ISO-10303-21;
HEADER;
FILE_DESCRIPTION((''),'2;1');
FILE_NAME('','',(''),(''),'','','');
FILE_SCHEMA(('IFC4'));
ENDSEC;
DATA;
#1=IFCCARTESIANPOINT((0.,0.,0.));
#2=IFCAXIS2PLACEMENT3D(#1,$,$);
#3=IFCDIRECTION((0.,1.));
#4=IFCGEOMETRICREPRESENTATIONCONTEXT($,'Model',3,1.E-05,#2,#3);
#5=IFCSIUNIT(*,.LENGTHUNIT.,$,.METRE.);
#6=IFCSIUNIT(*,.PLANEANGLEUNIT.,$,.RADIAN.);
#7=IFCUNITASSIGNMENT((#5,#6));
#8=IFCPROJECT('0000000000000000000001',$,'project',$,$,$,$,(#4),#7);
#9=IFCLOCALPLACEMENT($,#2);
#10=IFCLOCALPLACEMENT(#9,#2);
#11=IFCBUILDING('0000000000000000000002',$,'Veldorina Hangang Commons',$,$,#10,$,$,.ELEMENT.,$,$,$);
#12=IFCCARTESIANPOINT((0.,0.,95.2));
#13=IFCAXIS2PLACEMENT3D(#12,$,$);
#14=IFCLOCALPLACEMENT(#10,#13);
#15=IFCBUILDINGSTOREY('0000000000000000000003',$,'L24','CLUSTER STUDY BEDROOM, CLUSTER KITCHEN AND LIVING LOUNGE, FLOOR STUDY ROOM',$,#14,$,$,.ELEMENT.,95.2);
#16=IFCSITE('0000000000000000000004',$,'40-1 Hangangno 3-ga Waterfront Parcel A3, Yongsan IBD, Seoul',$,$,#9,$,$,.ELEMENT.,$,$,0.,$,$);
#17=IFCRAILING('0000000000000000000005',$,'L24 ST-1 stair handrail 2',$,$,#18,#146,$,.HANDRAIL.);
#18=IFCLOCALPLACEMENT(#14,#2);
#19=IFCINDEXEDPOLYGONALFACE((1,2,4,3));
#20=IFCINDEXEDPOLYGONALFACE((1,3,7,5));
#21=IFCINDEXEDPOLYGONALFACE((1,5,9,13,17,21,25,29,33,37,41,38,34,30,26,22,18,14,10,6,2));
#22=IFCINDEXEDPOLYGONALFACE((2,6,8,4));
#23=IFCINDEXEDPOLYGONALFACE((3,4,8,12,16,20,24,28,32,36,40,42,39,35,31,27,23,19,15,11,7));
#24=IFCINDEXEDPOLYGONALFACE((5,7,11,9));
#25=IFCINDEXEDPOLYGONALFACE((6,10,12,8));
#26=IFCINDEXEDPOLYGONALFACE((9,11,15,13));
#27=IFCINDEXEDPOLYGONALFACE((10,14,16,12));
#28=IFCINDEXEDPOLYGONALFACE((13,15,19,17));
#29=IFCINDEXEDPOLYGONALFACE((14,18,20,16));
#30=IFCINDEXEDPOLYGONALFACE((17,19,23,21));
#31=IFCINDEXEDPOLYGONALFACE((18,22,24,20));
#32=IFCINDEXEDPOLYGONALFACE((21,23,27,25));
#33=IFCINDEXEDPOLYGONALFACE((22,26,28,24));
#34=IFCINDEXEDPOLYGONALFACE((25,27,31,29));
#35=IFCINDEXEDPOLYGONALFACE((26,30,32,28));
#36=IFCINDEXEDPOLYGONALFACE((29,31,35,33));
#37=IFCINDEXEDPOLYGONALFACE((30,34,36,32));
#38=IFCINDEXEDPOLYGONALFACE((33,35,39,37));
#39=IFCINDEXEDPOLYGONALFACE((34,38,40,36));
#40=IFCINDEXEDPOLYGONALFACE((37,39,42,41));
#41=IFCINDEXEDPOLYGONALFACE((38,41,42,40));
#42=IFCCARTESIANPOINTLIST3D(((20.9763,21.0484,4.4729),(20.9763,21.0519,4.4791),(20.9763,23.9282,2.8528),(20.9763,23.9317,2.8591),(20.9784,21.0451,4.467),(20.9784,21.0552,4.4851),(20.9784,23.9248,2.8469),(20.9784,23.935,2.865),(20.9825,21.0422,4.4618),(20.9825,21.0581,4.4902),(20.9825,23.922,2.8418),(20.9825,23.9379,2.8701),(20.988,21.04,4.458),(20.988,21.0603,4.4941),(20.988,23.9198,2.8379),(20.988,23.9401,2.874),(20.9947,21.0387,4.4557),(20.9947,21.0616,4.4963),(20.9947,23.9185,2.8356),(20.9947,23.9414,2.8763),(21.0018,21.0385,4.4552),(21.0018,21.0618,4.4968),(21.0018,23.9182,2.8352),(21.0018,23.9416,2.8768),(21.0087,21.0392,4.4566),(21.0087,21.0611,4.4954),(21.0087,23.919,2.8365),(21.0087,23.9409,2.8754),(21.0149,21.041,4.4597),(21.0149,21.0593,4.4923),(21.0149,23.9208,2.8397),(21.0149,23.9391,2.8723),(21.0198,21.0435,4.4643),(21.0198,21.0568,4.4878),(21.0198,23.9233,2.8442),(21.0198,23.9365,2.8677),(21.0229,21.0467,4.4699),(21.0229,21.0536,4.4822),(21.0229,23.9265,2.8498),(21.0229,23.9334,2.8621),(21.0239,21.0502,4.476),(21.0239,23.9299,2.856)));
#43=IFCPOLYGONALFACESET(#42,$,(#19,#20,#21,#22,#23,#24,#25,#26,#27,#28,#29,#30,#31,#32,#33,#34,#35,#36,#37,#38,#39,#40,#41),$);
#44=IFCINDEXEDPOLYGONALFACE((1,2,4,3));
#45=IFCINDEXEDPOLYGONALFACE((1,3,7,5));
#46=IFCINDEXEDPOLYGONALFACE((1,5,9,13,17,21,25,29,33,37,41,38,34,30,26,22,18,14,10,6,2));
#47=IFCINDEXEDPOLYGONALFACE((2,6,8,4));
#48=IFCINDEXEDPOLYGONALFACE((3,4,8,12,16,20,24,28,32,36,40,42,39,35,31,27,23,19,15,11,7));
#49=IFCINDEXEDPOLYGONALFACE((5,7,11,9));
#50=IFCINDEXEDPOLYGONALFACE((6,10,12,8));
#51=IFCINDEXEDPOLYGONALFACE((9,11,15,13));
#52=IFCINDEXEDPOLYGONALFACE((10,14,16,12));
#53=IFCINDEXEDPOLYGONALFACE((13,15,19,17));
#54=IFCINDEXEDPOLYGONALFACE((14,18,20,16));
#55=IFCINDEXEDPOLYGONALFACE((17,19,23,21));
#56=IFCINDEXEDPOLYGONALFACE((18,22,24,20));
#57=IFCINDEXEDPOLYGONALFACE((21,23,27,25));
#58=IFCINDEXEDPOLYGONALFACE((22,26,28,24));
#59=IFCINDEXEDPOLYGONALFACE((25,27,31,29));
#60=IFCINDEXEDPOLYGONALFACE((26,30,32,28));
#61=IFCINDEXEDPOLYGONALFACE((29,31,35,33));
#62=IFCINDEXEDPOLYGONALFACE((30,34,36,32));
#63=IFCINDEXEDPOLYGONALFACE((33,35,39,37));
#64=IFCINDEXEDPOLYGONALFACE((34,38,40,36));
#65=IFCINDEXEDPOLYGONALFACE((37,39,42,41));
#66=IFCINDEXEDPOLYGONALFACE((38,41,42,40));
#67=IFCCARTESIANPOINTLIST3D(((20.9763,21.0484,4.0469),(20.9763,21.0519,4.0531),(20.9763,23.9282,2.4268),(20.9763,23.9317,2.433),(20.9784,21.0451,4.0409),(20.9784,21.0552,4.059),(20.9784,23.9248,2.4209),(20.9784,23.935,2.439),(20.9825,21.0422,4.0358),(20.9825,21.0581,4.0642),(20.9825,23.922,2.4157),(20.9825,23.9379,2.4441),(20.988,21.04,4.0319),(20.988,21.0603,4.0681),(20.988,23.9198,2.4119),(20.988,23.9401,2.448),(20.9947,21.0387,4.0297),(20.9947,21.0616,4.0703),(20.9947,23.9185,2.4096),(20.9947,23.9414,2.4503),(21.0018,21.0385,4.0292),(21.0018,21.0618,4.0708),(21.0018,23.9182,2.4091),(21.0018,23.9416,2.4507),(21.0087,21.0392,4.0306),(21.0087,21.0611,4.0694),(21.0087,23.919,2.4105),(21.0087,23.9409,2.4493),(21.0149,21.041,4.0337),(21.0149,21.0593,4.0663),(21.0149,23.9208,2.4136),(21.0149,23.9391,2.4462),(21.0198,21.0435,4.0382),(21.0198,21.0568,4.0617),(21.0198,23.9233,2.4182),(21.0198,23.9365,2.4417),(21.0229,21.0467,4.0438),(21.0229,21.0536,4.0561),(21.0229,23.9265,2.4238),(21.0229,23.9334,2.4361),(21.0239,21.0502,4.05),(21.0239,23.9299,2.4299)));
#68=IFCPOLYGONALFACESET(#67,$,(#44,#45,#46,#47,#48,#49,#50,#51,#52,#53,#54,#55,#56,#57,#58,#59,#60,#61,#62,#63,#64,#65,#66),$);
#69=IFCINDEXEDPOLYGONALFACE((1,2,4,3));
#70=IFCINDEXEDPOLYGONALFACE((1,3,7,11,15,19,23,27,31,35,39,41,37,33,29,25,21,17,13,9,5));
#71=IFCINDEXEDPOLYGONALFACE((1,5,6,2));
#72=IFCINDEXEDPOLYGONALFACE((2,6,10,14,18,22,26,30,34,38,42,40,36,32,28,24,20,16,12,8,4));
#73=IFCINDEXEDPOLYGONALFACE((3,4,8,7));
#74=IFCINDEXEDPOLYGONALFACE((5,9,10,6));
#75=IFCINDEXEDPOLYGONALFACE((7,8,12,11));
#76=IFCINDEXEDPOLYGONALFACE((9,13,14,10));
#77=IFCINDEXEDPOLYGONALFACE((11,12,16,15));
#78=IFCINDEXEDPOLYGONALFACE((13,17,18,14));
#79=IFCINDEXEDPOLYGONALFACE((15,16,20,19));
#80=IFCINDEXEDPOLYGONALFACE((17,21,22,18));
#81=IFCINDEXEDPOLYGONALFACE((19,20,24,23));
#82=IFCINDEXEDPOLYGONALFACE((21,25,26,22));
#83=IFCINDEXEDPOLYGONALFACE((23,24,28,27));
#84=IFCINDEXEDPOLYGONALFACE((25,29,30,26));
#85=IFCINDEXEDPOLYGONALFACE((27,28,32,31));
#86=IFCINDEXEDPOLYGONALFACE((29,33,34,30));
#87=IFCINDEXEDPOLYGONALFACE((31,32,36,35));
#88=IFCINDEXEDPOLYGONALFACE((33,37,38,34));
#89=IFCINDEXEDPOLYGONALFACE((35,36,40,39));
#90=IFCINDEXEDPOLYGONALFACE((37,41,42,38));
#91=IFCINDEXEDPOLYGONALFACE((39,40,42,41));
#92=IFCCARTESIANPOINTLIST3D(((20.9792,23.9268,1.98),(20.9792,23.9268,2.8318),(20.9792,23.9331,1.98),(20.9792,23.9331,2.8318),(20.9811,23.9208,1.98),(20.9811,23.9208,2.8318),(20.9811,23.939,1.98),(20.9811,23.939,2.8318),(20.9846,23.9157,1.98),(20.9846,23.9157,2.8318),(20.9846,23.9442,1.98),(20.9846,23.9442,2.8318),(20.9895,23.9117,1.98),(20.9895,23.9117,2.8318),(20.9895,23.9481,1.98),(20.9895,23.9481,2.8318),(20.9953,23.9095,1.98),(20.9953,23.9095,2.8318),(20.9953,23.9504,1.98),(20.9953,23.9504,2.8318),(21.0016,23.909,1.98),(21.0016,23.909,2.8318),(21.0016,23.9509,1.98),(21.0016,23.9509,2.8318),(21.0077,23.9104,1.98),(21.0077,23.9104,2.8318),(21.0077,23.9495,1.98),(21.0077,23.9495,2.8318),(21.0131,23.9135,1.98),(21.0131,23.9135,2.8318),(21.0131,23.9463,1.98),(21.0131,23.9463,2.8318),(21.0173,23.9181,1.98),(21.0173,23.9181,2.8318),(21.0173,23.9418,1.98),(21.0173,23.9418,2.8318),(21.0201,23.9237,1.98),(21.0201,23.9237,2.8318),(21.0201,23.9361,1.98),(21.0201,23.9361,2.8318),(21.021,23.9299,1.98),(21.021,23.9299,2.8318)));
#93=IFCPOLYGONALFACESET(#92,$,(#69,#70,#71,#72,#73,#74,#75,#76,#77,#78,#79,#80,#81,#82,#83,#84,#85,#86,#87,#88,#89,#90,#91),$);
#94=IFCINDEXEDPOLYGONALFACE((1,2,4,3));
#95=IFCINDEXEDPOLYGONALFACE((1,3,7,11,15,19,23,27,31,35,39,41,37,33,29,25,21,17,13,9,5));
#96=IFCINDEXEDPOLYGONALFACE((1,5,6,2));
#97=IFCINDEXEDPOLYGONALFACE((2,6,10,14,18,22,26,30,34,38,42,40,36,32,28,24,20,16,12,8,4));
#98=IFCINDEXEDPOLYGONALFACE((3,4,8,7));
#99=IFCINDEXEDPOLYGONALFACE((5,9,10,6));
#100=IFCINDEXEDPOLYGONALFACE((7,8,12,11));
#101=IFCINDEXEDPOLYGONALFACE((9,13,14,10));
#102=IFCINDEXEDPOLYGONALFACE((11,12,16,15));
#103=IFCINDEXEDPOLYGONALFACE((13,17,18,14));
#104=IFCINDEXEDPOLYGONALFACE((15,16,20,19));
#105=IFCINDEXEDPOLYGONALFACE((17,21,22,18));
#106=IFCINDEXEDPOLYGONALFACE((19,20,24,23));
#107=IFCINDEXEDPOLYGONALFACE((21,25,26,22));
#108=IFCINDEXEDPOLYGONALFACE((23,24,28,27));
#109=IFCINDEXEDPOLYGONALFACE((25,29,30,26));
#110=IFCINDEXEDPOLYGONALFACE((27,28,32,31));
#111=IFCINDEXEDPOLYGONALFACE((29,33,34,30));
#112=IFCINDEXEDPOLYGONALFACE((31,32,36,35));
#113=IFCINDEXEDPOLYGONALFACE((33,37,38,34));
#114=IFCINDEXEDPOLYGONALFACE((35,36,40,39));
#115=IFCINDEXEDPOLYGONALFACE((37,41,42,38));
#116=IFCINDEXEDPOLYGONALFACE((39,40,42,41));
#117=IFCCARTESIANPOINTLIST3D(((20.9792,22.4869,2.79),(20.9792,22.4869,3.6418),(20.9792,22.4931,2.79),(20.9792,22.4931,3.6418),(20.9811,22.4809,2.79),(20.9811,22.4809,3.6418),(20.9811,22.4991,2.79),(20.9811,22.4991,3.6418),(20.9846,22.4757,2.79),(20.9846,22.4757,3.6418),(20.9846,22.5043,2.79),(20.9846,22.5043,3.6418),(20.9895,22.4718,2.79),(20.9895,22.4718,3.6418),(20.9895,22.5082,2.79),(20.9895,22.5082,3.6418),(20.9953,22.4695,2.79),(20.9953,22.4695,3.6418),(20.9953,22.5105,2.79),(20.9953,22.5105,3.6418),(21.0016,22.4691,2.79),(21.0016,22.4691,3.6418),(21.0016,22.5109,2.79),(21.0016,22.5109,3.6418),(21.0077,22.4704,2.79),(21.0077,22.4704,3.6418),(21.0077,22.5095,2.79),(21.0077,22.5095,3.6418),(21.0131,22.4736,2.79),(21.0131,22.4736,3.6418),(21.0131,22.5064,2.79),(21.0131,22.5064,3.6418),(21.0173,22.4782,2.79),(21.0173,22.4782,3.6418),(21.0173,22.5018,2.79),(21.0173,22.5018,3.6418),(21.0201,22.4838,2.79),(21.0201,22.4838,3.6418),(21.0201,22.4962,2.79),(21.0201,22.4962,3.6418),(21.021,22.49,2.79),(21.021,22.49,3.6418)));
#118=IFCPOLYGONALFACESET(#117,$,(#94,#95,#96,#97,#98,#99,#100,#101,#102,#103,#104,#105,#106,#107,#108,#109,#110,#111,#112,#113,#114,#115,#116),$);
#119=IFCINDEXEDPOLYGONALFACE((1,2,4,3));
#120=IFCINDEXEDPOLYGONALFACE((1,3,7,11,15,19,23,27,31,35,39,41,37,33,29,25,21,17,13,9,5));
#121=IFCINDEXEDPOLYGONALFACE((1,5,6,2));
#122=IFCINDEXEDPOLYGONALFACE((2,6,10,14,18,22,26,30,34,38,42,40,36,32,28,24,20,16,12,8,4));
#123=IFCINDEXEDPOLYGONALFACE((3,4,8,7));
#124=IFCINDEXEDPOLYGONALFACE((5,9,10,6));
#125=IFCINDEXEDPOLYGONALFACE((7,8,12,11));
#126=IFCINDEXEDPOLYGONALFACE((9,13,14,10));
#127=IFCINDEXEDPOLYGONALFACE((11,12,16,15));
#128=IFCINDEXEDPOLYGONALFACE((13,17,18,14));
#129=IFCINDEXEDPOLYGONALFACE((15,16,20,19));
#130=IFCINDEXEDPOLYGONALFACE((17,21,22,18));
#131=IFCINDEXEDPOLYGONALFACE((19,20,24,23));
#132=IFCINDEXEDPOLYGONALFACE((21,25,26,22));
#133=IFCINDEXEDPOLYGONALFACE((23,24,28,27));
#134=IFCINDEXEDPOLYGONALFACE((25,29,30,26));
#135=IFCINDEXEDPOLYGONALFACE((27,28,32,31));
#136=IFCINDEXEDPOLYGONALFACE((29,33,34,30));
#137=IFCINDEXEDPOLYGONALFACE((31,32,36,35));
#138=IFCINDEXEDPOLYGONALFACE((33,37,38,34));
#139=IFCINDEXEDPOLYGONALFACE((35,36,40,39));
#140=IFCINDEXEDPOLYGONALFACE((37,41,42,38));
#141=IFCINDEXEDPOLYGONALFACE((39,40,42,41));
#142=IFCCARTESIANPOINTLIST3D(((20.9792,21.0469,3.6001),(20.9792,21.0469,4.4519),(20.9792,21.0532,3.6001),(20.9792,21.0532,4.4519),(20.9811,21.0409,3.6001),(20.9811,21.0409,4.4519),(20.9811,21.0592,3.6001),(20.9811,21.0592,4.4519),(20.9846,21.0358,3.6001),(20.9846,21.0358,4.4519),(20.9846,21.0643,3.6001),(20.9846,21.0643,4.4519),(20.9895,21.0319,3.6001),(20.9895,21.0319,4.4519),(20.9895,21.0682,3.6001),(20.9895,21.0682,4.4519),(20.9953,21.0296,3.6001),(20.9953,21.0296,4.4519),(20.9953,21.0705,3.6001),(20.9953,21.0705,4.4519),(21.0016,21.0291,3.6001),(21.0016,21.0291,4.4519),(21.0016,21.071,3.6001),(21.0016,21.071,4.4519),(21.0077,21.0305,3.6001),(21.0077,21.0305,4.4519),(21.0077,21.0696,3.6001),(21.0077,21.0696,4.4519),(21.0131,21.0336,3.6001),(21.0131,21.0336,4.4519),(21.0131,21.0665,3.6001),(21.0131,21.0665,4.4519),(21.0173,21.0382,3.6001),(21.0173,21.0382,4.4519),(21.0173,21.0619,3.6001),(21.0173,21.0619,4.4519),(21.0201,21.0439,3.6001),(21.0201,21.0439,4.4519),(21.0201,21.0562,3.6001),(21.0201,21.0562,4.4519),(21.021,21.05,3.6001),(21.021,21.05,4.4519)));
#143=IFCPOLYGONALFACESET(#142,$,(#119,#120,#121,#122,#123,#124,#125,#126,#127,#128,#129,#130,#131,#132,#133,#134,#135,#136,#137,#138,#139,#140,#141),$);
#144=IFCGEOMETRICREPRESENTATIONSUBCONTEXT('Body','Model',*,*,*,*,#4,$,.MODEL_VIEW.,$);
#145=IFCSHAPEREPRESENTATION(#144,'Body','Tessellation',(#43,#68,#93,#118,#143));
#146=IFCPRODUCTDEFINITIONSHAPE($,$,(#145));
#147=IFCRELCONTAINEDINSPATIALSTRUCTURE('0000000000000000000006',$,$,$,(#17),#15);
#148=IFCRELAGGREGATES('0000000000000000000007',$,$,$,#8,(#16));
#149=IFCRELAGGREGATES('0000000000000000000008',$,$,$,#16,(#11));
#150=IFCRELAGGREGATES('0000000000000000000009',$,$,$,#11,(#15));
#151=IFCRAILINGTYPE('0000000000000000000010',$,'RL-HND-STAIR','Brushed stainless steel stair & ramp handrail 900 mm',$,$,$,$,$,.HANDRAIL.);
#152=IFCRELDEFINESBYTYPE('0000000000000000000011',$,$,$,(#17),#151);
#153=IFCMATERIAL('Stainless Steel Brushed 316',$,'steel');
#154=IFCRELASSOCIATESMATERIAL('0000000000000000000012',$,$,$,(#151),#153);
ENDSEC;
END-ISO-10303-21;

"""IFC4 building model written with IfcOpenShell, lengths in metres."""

from ifc_helpers import new_model, si_unit, direction, frame, origin, origin_2d, place, context, subcontext, project, spatial, circle, extrude, material, type_object, element, save


model = new_model("IFC4")

# Units and contexts
model_context = context("Model", 3, precision=1e-05, world=origin(), true_north=direction((0.0, 1.0)))
body_context = subcontext(model_context, "Body", "Model", "MODEL_VIEW")
ifc_project = project(units=[si_unit("LENGTHUNIT", "METRE"), si_unit("PLANEANGLEUNIT", "RADIAN")], contexts=[model_context])

# Site, building, storey
site_placement = place(None, origin())
site = spatial("IfcSite", under=ifc_project, at=site_placement, Name="40-1 Hangangno 3-ga Waterfront Parcel A3, Yongsan IBD, Seoul", CompositionType="ELEMENT", RefElevation=0.0)
building_placement = place(site_placement, origin())
building = spatial("IfcBuilding", under=site, at=building_placement, Name="Veldorina Hangang Commons", CompositionType="ELEMENT")
storey_placement = place(building_placement, frame((0.0, 0.0, 95.2)))
storey = spatial("IfcBuildingStorey", under=building, at=storey_placement, Name="L24", Description="CLUSTER STUDY BEDROOM, CLUSTER KITCHEN AND LIVING LOUNGE, FLOOR STUDY ROOM", CompositionType="ELEMENT", Elevation=95.2)

# Railing
ifc_material_1 = material(Name="Stainless Steel Brushed 316", Category="steel")
railing_type_1 = type_object("IfcRailingType", Name="RL-HND-STAIR", Description="Brushed stainless steel stair & ramp handrail 900 mm", PredefinedType="HANDRAIL", material=ifc_material_1)
railing_1_placement = place(storey_placement, frame((21.0, 23.9299, 1.98)))
element("IfcRailing", 1, at=railing_1_placement, inside=storey, type_object=railing_type_1, Name="L24 ST-1 stair handrail 2", PredefinedType="HANDRAIL", context=body_context, shape_type="SweptSolid", body=[
    extrude(circle(Radius=0.0239, at=origin_2d()), frame((0.0, 0.0, 0.876), z_axis=(0.0, -0.871552, 0.490303), x_axis=(1.0, 0.0, 0.0)), (0.0, 0.0, 1.0), 3.3042),
    extrude(circle(Radius=0.0239, at=origin_2d()), frame((0.0, 0.0, 0.45), z_axis=(0.0, -0.871552, 0.490303), x_axis=(1.0, 0.0, 0.0)), (0.0, 0.0, 1.0), 3.3042),
    extrude(circle(Radius=0.021, at=origin_2d()), origin(), (0.0, 0.0, 1.0), 0.8518),
    extrude(circle(Radius=0.021, at=origin_2d()), frame((0.0, -1.4399, 0.8101)), (0.0, 0.0, 1.0), 0.8518),
    extrude(circle(Radius=0.021, at=origin_2d()), frame((0.0, -2.8799, 1.6201)), (0.0, 0.0, 1.0), 0.8518),
])

save(model, "model.ifc")
